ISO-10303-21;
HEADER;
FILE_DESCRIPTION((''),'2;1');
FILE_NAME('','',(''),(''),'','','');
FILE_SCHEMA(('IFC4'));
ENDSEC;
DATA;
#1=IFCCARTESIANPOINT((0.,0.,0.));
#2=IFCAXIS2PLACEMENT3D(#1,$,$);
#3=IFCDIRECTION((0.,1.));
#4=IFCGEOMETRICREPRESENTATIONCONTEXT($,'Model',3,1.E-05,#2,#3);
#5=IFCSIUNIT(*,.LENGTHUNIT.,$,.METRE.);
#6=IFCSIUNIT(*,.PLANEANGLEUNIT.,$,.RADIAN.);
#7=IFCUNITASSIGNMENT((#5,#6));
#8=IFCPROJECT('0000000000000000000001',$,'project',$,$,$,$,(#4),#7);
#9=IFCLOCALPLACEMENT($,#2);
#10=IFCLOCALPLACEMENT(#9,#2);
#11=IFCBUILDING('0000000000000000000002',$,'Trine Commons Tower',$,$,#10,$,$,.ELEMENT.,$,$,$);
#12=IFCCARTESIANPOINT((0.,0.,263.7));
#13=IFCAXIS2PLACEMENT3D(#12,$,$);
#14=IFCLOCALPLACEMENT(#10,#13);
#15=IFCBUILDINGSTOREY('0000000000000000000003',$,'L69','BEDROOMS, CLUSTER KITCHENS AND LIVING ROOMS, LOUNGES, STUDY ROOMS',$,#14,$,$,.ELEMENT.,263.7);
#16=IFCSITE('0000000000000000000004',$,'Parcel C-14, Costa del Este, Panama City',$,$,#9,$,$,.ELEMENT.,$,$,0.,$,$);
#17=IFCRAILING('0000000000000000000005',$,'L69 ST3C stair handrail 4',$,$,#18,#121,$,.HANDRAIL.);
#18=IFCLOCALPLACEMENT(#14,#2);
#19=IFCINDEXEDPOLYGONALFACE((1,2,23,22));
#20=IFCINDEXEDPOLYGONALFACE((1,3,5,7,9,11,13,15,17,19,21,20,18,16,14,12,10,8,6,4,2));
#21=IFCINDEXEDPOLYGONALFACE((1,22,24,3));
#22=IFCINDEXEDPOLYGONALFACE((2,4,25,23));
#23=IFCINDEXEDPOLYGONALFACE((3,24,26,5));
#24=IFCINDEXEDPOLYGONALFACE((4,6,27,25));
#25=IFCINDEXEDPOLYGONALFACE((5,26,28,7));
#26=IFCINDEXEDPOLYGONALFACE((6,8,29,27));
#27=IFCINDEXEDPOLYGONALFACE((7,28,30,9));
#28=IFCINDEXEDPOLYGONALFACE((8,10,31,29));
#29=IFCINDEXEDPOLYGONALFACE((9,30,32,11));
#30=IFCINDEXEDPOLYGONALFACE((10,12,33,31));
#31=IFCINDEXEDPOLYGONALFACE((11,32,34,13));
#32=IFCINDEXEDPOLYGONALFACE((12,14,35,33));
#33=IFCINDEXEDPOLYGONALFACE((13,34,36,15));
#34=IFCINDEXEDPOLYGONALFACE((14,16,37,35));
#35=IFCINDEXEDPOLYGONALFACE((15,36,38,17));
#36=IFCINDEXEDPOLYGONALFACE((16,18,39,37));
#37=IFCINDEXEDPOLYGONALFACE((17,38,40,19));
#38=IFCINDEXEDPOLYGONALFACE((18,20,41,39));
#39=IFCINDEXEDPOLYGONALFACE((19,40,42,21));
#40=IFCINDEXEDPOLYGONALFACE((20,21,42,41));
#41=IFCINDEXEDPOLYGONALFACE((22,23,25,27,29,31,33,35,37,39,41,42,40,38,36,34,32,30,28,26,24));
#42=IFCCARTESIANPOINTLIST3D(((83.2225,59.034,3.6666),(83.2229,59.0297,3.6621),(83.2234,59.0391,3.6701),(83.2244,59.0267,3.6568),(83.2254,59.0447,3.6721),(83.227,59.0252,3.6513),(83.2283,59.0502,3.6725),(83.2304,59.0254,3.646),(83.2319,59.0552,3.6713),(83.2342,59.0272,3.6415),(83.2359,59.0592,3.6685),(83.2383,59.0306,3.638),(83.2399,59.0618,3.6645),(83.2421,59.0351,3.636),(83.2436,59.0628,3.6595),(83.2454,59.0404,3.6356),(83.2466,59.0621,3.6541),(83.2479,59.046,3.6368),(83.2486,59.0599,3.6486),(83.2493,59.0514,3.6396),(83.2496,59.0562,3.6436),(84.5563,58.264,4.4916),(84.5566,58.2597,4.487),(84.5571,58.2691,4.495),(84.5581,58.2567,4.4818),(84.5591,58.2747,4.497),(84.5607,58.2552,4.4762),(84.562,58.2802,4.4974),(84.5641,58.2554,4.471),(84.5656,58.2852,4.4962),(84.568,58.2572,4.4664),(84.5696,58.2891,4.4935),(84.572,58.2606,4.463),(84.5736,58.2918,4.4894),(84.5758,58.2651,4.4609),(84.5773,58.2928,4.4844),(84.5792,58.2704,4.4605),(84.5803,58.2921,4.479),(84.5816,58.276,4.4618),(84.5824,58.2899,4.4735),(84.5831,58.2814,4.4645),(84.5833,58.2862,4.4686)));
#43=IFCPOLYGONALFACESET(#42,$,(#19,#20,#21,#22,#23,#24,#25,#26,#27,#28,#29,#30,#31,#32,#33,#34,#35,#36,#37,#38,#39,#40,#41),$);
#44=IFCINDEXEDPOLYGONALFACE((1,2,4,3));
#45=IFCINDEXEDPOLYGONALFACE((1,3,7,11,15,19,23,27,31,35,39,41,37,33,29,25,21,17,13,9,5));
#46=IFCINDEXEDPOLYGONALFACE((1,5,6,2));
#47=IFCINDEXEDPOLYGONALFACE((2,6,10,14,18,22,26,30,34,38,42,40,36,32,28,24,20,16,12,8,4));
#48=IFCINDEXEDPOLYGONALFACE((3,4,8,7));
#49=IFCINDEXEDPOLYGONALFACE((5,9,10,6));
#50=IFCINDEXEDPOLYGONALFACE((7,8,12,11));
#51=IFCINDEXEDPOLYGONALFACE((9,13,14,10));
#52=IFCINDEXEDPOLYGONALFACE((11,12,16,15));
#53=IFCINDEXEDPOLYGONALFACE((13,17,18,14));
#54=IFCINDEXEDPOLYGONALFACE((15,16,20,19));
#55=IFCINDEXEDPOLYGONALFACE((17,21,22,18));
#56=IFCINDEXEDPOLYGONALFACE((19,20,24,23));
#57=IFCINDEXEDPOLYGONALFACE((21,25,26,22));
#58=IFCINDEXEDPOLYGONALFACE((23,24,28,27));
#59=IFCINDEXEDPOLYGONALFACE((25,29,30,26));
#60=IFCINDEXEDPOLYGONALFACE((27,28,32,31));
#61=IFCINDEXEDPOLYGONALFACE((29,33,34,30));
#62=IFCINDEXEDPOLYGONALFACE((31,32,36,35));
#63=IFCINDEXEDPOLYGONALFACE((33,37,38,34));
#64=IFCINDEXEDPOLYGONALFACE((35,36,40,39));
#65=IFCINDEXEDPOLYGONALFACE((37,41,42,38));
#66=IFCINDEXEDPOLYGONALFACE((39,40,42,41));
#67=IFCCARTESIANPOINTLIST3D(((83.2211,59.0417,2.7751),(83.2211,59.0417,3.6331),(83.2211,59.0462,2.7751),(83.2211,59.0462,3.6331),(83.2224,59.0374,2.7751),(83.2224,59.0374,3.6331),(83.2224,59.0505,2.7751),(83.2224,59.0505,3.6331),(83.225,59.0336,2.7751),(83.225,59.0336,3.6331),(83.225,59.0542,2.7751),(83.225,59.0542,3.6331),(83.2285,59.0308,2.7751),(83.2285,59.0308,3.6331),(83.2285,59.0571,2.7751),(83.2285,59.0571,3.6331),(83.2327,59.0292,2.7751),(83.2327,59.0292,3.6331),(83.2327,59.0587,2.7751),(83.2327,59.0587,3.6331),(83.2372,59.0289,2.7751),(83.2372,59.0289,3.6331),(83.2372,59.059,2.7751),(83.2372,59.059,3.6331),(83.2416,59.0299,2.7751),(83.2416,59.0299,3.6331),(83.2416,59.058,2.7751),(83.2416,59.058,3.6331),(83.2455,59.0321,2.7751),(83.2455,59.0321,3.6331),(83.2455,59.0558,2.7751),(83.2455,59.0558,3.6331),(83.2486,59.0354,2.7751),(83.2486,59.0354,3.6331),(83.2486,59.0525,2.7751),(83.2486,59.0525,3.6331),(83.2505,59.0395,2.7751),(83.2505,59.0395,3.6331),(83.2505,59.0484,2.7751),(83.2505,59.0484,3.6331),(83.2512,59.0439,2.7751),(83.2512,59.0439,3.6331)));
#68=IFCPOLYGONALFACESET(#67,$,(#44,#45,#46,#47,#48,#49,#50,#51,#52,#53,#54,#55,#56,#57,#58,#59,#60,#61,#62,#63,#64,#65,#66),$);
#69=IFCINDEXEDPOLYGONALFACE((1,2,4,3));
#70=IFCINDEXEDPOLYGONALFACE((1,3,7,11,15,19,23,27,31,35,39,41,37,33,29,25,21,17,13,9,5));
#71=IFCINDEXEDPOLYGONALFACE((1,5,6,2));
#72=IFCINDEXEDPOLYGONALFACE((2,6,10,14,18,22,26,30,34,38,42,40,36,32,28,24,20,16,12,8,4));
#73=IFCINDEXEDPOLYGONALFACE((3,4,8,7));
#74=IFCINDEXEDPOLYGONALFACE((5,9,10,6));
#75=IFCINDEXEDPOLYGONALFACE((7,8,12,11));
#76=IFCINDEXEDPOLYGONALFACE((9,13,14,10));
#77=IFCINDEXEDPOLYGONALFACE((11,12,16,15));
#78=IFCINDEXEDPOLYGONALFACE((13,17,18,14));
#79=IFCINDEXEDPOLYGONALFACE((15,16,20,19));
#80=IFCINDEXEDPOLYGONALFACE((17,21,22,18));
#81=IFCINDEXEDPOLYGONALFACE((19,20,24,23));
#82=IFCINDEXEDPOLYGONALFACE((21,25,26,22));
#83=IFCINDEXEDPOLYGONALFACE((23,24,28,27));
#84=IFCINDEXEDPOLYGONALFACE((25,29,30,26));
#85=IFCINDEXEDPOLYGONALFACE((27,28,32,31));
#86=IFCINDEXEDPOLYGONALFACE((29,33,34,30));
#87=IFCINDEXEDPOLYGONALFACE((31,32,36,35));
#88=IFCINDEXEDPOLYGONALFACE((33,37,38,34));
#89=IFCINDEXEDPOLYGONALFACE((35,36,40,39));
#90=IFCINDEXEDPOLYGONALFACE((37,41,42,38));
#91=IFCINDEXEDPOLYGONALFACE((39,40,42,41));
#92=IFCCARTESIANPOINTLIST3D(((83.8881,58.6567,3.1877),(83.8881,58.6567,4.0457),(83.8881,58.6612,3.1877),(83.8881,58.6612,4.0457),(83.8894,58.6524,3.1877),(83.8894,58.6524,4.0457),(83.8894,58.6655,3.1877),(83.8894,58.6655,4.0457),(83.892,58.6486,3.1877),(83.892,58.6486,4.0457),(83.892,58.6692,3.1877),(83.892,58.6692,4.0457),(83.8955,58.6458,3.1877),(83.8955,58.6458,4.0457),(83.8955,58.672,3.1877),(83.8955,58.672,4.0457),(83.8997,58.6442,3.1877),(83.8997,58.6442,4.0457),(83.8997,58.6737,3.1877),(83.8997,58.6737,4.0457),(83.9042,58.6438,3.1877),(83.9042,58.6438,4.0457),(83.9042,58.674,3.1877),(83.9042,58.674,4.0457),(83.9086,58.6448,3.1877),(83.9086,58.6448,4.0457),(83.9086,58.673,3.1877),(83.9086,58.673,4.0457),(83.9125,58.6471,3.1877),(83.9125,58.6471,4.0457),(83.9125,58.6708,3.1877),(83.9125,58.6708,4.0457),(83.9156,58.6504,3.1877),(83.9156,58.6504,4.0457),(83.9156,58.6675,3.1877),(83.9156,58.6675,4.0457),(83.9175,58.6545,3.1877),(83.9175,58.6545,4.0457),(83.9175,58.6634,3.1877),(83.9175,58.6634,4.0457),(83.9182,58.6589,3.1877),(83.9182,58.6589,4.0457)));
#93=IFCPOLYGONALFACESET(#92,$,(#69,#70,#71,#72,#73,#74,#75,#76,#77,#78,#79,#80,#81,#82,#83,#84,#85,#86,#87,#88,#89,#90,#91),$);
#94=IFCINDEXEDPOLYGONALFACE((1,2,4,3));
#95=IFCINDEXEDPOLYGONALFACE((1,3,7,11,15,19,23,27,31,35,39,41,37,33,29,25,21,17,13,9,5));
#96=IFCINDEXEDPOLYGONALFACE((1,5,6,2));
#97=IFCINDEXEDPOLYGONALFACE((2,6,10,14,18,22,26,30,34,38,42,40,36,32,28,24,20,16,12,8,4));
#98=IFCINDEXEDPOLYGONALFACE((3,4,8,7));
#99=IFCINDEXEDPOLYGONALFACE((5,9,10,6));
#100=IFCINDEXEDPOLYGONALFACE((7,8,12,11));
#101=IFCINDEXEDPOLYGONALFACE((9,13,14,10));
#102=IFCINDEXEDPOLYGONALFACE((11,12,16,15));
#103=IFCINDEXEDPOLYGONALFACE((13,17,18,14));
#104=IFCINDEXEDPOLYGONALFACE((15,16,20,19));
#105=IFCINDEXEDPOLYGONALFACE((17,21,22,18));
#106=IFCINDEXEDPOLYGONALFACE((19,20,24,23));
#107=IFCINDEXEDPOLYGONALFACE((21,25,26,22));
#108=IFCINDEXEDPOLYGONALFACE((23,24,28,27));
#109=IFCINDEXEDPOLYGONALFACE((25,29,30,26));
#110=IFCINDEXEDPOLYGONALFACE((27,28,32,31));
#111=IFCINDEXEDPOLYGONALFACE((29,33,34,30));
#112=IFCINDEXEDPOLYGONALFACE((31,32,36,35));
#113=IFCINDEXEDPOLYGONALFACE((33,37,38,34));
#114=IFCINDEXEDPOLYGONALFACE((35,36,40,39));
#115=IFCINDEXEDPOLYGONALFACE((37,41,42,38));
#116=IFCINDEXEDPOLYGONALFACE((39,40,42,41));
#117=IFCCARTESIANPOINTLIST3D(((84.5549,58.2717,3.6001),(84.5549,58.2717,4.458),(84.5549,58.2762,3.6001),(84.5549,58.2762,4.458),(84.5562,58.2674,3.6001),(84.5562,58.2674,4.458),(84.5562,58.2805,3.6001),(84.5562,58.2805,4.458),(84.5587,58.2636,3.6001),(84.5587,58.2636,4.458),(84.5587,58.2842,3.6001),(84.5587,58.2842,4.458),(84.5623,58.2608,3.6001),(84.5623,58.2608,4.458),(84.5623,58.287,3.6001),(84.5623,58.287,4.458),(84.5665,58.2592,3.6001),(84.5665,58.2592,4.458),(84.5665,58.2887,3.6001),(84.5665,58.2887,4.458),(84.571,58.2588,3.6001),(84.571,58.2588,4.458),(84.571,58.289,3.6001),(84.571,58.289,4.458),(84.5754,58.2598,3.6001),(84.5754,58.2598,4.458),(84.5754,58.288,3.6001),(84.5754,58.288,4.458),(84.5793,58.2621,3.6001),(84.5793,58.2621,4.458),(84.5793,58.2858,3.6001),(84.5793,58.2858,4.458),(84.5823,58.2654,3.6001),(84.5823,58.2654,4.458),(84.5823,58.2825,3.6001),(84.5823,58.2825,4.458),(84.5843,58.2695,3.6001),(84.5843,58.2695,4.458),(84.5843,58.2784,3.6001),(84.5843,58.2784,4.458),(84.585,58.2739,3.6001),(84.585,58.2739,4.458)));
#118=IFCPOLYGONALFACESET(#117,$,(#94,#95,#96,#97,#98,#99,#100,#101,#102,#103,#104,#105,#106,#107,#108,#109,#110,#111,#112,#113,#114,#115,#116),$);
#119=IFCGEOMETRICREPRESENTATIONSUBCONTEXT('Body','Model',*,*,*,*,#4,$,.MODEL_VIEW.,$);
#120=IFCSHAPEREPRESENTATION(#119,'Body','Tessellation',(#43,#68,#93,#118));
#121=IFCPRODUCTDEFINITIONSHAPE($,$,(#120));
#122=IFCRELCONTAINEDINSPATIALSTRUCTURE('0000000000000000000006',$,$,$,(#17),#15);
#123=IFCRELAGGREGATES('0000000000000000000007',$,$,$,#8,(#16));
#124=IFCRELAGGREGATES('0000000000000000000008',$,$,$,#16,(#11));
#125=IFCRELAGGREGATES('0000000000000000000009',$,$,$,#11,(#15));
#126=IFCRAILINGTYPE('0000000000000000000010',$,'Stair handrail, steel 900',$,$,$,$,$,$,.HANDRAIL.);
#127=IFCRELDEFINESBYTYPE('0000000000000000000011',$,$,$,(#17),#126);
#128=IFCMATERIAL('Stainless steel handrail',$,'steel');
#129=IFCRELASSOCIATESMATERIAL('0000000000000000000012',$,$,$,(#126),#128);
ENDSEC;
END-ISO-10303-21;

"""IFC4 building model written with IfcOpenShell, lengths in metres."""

from ifc_helpers import new_model, si_unit, direction, frame, origin, origin_2d, place, context, subcontext, project, spatial, circle, extrude, material, type_object, element, save


model = new_model("IFC4")

# Units and contexts
model_context = context("Model", 3, precision=1e-05, world=origin(), true_north=direction((0.0, 1.0)))
body_context = subcontext(model_context, "Body", "Model", "MODEL_VIEW")
ifc_project = project(units=[si_unit("LENGTHUNIT", "METRE"), si_unit("PLANEANGLEUNIT", "RADIAN")], contexts=[model_context])

# Site, building, storey
site_placement = place(None, origin())
site = spatial("IfcSite", under=ifc_project, at=site_placement, Name="Parcel C-14, Costa del Este, Panama City", CompositionType="ELEMENT", RefElevation=0.0)
building_placement = place(site_placement, origin())
building = spatial("IfcBuilding", under=site, at=building_placement, Name="Trine Commons Tower", CompositionType="ELEMENT")
storey_placement = place(building_placement, frame((0.0, 0.0, 263.7)))
storey = spatial("IfcBuildingStorey", under=building, at=storey_placement, Name="L69", Description="BEDROOMS, CLUSTER KITCHENS AND LIVING ROOMS, LOUNGES, STUDY ROOMS", CompositionType="ELEMENT", Elevation=263.7)

# Railing
ifc_material_1 = material(Name="Stainless steel handrail", Category="steel")
railing_type_1 = type_object("IfcRailingType", Name="Stair handrail, steel 900", PredefinedType="HANDRAIL", material=ifc_material_1)
railing_1_placement = place(storey_placement, frame((83.2361, 59.0439, 2.7751)))
element("IfcRailing", 1, at=railing_1_placement, inside=storey, type_object=railing_type_1, Name="L69 ST3C stair handrail 4", PredefinedType="HANDRAIL", context=body_context, shape_type="SweptSolid", body=[
    extrude(circle(Radius=0.021, at=origin_2d()), frame((0.0, 0.0, 0.8789), z_axis=(0.763405, -0.440743, 0.472185), x_axis=(0.499992, 0.86603, 0.0)), (0.0, 0.0, 1.0), 1.7471),
    extrude(circle(Radius=0.0151, at=origin_2d()), origin(), (0.0, 0.0, 1.0), 0.8579),
    extrude(circle(Radius=0.0151, at=origin_2d()), frame((0.667, -0.385, 0.4126)), (0.0, 0.0, 1.0), 0.8579),
    extrude(circle(Radius=0.0151, at=origin_2d()), frame((1.3337, -0.77, 0.825)), (0.0, 0.0, 1.0), 0.8579),
])

save(model, "model.ifc")
